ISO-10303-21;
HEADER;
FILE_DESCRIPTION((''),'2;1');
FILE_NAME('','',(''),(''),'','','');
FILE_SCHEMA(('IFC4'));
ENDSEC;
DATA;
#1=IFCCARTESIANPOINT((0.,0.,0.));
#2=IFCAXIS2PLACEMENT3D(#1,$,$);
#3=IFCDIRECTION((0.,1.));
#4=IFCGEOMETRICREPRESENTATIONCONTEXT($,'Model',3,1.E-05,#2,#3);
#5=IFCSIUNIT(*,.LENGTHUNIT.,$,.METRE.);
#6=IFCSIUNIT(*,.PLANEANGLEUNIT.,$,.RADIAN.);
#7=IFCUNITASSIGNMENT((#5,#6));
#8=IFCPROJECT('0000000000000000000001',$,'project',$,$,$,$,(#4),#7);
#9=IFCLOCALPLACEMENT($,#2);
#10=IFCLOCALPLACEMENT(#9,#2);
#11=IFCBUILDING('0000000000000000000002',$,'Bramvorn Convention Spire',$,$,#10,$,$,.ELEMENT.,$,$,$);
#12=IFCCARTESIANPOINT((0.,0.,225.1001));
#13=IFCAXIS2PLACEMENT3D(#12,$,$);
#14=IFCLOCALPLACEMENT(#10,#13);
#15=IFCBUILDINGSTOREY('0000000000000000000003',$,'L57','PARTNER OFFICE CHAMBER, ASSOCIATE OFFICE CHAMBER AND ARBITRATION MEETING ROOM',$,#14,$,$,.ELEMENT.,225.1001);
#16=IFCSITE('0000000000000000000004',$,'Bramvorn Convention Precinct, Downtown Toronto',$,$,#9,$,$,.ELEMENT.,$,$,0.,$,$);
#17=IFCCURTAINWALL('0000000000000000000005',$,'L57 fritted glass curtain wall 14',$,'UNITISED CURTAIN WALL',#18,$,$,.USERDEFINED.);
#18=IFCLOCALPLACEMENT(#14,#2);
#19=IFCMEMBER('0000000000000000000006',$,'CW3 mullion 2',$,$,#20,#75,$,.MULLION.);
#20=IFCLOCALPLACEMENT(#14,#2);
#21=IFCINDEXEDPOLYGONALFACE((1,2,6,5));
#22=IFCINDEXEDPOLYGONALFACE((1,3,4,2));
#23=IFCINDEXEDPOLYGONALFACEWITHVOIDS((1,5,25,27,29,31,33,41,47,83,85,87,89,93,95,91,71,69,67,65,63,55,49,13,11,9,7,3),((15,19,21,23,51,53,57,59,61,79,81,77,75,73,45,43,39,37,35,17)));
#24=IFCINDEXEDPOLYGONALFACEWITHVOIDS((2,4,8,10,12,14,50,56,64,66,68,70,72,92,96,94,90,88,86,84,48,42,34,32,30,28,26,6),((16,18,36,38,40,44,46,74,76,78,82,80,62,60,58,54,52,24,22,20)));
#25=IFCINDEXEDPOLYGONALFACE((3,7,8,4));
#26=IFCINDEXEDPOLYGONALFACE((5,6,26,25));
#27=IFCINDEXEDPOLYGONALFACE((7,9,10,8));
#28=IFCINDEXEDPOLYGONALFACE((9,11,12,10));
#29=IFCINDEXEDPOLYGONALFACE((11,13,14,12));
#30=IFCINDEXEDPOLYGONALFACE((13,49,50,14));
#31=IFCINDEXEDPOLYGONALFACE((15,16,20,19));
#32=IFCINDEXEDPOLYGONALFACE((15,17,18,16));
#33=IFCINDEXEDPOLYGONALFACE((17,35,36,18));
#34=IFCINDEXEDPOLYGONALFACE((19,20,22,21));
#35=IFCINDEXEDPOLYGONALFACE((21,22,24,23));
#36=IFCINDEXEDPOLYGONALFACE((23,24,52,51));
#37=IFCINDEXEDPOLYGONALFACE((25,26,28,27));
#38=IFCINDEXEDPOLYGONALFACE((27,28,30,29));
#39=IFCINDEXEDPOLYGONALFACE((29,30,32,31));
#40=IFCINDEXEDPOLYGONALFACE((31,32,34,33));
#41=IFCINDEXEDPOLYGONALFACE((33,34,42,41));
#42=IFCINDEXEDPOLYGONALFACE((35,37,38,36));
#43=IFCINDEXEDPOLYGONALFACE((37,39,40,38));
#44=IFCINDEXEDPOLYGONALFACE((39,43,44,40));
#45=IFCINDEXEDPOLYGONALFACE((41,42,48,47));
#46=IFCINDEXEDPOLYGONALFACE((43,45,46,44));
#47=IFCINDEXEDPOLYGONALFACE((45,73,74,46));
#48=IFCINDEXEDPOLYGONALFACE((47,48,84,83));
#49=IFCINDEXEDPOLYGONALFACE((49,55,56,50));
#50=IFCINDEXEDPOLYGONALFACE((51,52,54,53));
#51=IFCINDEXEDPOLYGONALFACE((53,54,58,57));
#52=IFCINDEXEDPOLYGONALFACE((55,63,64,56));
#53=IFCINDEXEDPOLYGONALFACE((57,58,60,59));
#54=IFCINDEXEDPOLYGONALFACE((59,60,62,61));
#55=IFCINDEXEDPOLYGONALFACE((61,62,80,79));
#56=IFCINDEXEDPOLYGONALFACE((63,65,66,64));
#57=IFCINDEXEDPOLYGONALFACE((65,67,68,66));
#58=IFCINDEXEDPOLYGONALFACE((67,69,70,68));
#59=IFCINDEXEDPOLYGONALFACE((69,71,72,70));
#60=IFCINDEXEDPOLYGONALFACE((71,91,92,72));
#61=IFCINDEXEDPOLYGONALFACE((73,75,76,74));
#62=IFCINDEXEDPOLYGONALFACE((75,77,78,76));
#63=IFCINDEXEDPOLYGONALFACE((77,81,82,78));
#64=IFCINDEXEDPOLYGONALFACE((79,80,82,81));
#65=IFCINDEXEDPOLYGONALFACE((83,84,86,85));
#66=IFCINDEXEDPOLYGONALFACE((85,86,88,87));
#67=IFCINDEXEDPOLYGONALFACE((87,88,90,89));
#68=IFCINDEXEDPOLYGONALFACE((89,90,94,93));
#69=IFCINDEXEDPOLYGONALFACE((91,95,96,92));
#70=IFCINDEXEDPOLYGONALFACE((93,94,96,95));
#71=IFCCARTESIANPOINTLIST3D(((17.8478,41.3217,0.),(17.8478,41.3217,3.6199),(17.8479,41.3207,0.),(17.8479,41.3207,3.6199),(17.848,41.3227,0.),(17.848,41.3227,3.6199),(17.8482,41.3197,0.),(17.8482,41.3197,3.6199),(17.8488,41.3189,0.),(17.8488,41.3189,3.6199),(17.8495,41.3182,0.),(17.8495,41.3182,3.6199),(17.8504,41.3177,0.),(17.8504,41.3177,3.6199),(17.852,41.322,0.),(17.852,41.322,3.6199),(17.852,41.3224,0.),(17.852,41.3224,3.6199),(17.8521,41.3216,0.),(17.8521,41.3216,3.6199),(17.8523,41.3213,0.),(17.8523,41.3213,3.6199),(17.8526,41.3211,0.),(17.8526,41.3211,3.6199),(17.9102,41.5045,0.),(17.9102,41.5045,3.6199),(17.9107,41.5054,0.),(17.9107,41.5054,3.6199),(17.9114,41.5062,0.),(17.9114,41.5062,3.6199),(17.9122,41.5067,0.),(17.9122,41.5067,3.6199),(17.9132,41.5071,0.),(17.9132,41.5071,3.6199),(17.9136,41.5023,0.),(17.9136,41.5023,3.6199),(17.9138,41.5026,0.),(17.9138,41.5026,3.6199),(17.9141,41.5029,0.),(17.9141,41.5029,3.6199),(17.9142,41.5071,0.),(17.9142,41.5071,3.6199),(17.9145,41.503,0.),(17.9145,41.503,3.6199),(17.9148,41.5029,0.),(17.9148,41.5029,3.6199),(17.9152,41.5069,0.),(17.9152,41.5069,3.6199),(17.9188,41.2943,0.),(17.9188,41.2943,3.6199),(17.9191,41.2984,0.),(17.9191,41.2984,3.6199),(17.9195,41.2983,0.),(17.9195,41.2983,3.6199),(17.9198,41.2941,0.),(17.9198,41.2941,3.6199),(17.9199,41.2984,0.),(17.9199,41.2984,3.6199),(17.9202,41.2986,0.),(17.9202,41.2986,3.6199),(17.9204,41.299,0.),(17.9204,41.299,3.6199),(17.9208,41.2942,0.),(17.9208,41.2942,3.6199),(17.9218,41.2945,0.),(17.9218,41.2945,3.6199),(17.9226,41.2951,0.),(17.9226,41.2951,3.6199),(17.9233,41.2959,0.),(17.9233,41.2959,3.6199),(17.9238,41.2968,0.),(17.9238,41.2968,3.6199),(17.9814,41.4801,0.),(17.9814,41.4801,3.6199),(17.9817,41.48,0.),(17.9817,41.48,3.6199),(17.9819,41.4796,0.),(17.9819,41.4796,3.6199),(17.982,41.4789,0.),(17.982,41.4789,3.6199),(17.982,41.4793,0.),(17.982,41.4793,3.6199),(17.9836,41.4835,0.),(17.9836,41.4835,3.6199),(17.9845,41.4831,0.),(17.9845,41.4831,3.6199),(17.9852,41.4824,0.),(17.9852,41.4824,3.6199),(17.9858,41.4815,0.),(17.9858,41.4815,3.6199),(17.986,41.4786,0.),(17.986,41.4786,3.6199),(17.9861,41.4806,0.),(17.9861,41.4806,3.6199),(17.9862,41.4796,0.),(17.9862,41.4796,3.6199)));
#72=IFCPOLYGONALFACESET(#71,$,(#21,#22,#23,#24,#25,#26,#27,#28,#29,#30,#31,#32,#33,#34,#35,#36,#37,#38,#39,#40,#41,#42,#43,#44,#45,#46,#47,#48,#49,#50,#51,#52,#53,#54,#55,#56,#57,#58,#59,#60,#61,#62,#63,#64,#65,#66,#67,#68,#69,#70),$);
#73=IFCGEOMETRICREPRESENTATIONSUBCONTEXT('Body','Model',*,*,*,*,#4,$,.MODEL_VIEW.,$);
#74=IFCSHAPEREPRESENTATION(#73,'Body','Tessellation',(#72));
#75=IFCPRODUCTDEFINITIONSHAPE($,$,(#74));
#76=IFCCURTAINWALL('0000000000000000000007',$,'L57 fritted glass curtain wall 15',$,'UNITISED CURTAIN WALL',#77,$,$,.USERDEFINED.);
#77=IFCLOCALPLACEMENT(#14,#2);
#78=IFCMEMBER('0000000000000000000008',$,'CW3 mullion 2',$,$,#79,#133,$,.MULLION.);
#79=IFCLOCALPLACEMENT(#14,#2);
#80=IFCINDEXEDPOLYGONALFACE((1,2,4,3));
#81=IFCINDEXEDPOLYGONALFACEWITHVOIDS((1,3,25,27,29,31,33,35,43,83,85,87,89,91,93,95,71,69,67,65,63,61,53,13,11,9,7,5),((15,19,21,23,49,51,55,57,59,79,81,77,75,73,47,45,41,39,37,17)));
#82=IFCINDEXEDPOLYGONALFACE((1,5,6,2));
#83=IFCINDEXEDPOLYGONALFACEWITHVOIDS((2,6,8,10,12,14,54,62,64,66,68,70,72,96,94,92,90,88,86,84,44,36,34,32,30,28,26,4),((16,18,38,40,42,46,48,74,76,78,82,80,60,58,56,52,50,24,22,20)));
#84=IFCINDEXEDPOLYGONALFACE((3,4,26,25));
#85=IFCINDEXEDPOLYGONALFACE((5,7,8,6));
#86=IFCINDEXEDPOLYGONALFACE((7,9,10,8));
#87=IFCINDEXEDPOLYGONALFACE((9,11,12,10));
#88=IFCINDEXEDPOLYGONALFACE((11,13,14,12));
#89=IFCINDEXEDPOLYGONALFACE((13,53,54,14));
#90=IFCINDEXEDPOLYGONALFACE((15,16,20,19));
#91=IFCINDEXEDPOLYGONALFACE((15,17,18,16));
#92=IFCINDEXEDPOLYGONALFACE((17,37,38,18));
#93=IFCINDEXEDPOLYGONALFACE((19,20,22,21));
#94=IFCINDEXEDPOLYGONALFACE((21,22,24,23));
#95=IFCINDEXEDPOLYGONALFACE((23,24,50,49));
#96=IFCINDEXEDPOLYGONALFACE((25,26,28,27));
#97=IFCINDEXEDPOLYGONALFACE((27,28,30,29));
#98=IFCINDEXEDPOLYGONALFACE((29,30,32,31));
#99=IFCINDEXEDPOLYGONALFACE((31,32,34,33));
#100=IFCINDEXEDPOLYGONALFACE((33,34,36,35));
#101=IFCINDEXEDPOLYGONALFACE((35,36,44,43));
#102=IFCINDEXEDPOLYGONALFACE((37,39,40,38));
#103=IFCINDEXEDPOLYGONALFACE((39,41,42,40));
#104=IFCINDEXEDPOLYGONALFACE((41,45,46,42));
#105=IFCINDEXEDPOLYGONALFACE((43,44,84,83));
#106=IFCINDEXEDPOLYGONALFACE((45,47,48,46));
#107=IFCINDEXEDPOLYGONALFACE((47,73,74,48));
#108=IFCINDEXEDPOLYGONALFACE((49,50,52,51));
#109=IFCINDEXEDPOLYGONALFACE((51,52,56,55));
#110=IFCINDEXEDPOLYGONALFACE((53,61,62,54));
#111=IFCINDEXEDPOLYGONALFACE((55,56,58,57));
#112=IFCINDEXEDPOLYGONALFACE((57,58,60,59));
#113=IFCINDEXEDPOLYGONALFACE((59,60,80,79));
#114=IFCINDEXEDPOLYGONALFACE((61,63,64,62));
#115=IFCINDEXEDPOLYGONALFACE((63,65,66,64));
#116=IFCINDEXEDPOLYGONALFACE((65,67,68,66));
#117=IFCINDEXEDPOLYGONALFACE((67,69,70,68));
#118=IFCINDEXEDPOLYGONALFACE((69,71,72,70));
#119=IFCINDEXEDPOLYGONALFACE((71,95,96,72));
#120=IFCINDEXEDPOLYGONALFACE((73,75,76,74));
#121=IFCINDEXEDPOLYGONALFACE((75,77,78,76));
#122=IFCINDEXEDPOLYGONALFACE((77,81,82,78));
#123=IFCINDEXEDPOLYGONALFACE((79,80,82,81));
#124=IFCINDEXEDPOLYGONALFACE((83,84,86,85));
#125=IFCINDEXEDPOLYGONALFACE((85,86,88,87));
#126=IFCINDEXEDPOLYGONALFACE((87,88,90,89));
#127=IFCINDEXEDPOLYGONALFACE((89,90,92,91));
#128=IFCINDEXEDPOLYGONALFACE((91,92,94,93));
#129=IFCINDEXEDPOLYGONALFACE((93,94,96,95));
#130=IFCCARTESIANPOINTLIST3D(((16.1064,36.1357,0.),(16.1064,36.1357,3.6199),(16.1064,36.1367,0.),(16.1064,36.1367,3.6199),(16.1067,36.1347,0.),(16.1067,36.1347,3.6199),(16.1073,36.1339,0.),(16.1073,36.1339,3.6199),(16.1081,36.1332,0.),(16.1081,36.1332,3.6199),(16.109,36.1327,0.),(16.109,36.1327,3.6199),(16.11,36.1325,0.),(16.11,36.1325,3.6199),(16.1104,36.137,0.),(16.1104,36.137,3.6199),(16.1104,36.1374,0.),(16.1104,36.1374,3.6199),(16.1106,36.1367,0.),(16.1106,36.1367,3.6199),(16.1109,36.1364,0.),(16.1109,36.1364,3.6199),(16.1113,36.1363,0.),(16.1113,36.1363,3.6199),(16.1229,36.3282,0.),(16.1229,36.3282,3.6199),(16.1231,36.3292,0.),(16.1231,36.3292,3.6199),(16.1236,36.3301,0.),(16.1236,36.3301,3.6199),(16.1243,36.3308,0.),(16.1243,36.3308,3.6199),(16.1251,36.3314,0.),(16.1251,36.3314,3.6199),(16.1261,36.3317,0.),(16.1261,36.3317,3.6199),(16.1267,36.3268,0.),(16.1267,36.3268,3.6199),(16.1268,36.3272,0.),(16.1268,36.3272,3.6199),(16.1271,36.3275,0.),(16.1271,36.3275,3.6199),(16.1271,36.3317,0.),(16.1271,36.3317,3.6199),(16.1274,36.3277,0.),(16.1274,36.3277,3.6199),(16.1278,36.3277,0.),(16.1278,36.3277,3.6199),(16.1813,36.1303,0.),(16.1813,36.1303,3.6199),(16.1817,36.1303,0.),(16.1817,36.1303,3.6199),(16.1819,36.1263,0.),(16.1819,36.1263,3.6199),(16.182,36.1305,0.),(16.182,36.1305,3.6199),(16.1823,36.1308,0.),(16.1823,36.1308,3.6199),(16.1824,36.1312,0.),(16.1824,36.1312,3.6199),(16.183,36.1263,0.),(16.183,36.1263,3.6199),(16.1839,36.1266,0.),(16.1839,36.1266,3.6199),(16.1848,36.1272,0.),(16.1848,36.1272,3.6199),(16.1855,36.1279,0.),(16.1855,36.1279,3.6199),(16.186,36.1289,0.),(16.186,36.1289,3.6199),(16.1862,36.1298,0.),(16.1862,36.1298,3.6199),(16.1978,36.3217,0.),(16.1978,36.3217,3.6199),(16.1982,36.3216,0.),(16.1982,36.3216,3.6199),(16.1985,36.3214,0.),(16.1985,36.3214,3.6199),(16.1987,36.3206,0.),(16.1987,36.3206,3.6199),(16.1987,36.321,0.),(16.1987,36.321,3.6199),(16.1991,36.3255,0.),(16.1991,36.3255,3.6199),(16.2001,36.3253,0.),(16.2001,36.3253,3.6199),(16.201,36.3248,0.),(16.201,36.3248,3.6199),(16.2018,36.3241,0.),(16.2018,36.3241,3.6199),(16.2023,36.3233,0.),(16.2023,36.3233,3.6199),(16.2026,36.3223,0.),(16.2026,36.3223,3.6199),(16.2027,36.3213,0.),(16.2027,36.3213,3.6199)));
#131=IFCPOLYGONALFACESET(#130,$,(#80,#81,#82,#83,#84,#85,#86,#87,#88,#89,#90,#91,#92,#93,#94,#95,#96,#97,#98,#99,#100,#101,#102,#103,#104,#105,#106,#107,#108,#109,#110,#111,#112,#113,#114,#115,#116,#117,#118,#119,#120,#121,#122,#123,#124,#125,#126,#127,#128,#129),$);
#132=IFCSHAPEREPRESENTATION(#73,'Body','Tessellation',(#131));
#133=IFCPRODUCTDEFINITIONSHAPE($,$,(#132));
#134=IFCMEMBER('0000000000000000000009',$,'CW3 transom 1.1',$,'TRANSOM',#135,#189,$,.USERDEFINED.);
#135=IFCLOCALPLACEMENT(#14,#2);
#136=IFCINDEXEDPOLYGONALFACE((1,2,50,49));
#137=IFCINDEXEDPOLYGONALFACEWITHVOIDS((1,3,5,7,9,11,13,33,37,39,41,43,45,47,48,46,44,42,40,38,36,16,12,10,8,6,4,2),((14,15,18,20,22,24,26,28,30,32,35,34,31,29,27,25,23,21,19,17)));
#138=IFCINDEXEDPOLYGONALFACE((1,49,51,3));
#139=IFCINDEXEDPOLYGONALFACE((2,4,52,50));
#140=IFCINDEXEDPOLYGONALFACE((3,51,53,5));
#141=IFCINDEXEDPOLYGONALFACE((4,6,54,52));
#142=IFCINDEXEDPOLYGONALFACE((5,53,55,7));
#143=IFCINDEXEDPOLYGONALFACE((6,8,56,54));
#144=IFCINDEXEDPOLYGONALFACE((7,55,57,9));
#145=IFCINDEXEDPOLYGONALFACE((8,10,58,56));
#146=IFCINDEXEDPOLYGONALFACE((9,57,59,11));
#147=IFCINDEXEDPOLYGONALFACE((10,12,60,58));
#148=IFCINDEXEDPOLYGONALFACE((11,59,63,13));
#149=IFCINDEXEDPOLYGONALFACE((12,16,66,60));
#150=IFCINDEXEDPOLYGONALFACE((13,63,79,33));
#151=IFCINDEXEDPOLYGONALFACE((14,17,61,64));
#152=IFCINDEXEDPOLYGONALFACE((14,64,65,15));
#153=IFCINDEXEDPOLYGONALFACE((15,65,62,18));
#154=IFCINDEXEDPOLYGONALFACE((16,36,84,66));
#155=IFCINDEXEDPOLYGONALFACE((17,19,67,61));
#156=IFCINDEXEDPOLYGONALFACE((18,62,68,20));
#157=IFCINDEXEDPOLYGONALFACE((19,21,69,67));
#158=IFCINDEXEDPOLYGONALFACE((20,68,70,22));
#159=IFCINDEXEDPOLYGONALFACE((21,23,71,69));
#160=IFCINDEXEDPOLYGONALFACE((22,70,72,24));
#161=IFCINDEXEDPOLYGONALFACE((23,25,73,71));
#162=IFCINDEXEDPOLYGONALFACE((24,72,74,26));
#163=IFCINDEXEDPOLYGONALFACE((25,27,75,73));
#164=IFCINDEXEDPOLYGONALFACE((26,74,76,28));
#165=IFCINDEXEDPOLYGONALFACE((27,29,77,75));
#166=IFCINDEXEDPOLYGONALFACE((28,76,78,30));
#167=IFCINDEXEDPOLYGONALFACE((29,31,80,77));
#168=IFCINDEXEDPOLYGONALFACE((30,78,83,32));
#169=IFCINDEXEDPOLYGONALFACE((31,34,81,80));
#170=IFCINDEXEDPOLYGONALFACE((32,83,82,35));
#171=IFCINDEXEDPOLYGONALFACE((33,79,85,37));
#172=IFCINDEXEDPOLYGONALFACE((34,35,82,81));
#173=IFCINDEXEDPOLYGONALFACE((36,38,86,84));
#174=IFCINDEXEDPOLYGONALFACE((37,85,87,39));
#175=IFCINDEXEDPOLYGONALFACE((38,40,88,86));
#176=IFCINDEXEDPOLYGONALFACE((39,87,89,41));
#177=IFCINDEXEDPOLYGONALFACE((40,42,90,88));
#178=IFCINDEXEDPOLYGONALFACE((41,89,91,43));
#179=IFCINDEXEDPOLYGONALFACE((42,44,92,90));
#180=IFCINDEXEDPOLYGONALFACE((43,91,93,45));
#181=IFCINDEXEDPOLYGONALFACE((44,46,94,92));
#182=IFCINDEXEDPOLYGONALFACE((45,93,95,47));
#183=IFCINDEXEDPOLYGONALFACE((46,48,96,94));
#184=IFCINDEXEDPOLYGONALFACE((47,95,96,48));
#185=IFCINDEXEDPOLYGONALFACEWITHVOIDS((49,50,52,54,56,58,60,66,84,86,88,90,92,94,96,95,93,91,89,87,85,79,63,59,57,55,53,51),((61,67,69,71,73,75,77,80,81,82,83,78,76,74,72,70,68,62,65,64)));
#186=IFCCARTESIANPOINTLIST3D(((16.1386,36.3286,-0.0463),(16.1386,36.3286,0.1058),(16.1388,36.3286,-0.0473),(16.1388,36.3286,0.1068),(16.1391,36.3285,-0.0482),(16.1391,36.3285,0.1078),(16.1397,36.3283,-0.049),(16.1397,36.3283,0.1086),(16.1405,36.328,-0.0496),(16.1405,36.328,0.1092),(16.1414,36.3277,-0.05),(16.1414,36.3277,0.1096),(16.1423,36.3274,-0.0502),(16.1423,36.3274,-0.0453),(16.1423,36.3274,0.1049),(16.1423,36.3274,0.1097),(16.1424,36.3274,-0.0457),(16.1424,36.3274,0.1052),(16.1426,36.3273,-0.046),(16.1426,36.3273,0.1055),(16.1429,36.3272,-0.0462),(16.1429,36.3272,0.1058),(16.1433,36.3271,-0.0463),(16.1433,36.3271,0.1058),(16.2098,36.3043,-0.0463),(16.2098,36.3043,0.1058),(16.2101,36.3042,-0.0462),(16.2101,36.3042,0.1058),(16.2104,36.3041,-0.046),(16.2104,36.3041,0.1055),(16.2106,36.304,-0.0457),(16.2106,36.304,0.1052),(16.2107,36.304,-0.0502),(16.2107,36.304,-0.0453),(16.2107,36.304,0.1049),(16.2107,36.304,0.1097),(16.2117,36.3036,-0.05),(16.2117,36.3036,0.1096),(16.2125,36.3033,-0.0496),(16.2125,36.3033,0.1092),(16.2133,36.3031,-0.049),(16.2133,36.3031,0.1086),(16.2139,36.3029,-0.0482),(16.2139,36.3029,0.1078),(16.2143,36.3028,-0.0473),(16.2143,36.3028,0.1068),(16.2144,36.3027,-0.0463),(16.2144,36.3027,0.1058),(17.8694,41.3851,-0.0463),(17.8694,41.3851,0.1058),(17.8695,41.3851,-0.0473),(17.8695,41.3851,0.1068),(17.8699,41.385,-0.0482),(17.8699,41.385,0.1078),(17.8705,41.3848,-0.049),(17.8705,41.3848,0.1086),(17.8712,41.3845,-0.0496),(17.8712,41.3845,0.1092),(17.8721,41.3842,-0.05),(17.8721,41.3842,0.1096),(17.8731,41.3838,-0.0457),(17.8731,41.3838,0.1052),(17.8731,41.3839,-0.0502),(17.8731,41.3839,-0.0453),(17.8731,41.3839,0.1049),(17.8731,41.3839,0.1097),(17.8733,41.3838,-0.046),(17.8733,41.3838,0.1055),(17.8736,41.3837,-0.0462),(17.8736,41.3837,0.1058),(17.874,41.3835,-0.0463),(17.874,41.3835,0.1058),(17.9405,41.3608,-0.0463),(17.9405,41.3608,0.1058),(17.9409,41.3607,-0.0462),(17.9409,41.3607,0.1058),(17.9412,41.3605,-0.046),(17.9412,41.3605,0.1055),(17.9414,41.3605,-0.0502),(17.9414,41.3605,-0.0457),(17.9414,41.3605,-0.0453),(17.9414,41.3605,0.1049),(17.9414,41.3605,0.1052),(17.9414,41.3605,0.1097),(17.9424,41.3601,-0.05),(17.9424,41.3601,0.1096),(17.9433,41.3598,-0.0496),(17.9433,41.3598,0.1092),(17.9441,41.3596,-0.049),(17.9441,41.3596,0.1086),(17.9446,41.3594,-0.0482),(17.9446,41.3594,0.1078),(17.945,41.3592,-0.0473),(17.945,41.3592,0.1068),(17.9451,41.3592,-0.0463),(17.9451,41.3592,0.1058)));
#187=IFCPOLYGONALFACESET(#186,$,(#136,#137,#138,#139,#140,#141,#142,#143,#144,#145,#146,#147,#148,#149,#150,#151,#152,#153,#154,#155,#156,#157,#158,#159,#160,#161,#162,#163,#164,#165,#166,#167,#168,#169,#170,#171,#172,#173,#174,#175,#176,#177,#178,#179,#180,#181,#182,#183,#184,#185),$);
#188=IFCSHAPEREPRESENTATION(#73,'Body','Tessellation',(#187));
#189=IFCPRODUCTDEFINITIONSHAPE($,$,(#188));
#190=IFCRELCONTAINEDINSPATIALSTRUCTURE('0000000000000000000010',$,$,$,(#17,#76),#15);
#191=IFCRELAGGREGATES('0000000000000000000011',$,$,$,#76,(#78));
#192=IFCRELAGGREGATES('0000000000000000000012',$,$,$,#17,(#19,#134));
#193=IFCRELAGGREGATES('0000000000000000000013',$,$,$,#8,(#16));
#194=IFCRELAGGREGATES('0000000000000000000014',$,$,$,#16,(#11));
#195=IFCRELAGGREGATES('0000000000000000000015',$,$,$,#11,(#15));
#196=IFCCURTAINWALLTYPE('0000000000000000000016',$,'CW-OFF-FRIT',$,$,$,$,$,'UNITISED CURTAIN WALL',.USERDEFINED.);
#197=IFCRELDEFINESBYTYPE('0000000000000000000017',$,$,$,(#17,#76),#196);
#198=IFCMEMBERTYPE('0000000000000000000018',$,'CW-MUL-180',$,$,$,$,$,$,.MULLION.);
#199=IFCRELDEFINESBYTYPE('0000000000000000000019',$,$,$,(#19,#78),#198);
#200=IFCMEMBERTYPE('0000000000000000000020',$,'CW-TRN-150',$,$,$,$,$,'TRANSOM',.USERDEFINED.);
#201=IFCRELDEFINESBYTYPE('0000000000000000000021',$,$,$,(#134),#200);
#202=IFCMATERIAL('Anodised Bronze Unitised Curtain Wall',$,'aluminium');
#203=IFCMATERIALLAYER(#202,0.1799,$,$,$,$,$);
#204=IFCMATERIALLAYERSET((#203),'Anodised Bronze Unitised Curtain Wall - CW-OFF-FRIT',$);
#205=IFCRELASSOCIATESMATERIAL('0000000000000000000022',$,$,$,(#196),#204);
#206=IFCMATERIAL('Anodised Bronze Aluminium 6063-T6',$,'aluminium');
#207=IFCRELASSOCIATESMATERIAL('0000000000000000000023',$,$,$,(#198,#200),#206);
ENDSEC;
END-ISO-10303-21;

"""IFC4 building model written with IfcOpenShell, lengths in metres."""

from ifc_helpers import new_model, si_unit, direction, frame, origin, origin_2d, place, context, subcontext, project, spatial, hollow_rectangle, extrude, material, layer, layer_set, material_profile, profile_set, type_object, element, aggregate, save


model = new_model("IFC4")

# Units and contexts
model_context = context("Model", 3, precision=1e-05, world=origin(), true_north=direction((0.0, 1.0)))
body_context = subcontext(model_context, "Body", "Model", "MODEL_VIEW")
ifc_project = project(units=[si_unit("LENGTHUNIT", "METRE"), si_unit("PLANEANGLEUNIT", "RADIAN")], contexts=[model_context])

# Site, building, storey
site_placement = place(None, origin())
site = spatial("IfcSite", under=ifc_project, at=site_placement, Name="Bramvorn Convention Precinct, Downtown Toronto", CompositionType="ELEMENT", RefElevation=0.0)
building_placement = place(site_placement, origin())
building = spatial("IfcBuilding", under=site, at=building_placement, Name="Bramvorn Convention Spire", CompositionType="ELEMENT")
storey_placement = place(building_placement, frame((0.0, 0.0, 225.1001)))
storey = spatial("IfcBuildingStorey", under=building, at=storey_placement, Name="L57", Description="PARTNER OFFICE CHAMBER, ASSOCIATE OFFICE CHAMBER AND ARBITRATION MEETING ROOM", CompositionType="ELEMENT", Elevation=225.1001)

# Curtain wall, member
ifc_material_1 = material(Name="Anodised Bronze Unitised Curtain Wall", Category="aluminium")
ifc_layer_1 = layer(ifc_material_1, 0.1799)
ifc_layer_set_1 = layer_set([ifc_layer_1], Name="Anodised Bronze Unitised Curtain Wall - CW-OFF-FRIT")
curtain_wall_type = type_object("IfcCurtainWallType", Name="CW-OFF-FRIT", ElementType="UNITISED CURTAIN WALL", PredefinedType="USERDEFINED", material=ifc_layer_set_1)
curtain_wall_1_placement = place(storey_placement, origin())
curtain_wall_1 = element("IfcCurtainWall", 1, at=curtain_wall_1_placement, inside=storey, type_object=curtain_wall_type, Name="L57 fritted glass curtain wall 14", ObjectType="UNITISED CURTAIN WALL", PredefinedType="USERDEFINED")
ifc_material_2 = material(Name="Anodised Bronze Aluminium 6063-T6", Category="aluminium")
ifc_material_profile_1 = material_profile(ifc_material_2, hollow_rectangle(XDim=0.0801, YDim=0.2, WallThickness=0.0039, InnerFilletRadius=0.001, OuterFilletRadius=0.0039, at=origin_2d()))
ifc_profile_set_1 = profile_set([ifc_material_profile_1], Name="Anodised Bronze Aluminium 6063-T6 - CWM80X200")
member_type_1 = type_object("IfcMemberType", Name="CW-MUL-180", PredefinedType="MULLION", material=ifc_profile_set_1)
member_1_placement = place(storey_placement, frame((17.917, 41.4006, 0.0), z_axis=(0.0, 0.0, 1.0), x_axis=(-0.946109, 0.323848, 0.0)))
member_1 = element("IfcMember", 2, at=member_1_placement, type_object=member_type_1, Name="CW3 mullion 2", PredefinedType="MULLION", context=body_context, shape_type="SweptSolid", body=[
    extrude(hollow_rectangle(XDim=0.0801, YDim=0.2, WallThickness=0.0039, InnerFilletRadius=0.001, OuterFilletRadius=0.0039, at=origin_2d()), origin(), (0.0, 0.0, 1.0), 3.6199),
])

# Curtain wall, member
curtain_wall_2_placement = place(storey_placement, origin())
curtain_wall_2 = element("IfcCurtainWall", 3, at=curtain_wall_2_placement, inside=storey, type_object=curtain_wall_type, Name="L57 fritted glass curtain wall 15", ObjectType="UNITISED CURTAIN WALL", PredefinedType="USERDEFINED")
member_2_placement = place(storey_placement, frame((16.1545, 36.229, 0.0), z_axis=(0.0, 0.0, 1.0), x_axis=(-0.996302, 0.085925, 0.0)))
member_2 = element("IfcMember", 4, at=member_2_placement, type_object=member_type_1, Name="CW3 mullion 2", PredefinedType="MULLION", context=body_context, shape_type="SweptSolid", body=[
    extrude(hollow_rectangle(XDim=0.0801, YDim=0.2, WallThickness=0.0039, InnerFilletRadius=0.001, OuterFilletRadius=0.0039, at=origin_2d()), origin(), (0.0, 0.0, 1.0), 3.6199),
])
aggregate(curtain_wall_2, [member_2])

# Member
ifc_material_profile_2 = material_profile(ifc_material_2, hollow_rectangle(XDim=0.0801, YDim=0.1599, WallThickness=0.0039, InnerFilletRadius=0.001, OuterFilletRadius=0.0039, at=origin_2d()))
ifc_profile_set_2 = profile_set([ifc_material_profile_2], Name="Anodised Bronze Aluminium 6063-T6 - CWT80X160")
member_type_2 = type_object("IfcMemberType", Name="CW-TRN-150", ElementType="TRANSOM", PredefinedType="USERDEFINED", material=ifc_profile_set_2)
member_3_placement = place(storey_placement, frame((16.1765, 36.3157, 0.0298), z_axis=(0.323837, 0.946113, 0.0), x_axis=(-0.946113, 0.323837, 0.0)))
member_3 = element("IfcMember", 5, at=member_3_placement, type_object=member_type_2, Name="CW3 transom 1.1", ObjectType="TRANSOM", PredefinedType="USERDEFINED", context=body_context, shape_type="SweptSolid", body=[
    extrude(hollow_rectangle(XDim=0.0801, YDim=0.1599, WallThickness=0.0039, InnerFilletRadius=0.001, OuterFilletRadius=0.0039, at=origin_2d()), origin(), (0.0, 0.0, 1.0), 5.3445),
])

aggregate(curtain_wall_1, [member_1, member_3])

save(model, "model.ifc")
